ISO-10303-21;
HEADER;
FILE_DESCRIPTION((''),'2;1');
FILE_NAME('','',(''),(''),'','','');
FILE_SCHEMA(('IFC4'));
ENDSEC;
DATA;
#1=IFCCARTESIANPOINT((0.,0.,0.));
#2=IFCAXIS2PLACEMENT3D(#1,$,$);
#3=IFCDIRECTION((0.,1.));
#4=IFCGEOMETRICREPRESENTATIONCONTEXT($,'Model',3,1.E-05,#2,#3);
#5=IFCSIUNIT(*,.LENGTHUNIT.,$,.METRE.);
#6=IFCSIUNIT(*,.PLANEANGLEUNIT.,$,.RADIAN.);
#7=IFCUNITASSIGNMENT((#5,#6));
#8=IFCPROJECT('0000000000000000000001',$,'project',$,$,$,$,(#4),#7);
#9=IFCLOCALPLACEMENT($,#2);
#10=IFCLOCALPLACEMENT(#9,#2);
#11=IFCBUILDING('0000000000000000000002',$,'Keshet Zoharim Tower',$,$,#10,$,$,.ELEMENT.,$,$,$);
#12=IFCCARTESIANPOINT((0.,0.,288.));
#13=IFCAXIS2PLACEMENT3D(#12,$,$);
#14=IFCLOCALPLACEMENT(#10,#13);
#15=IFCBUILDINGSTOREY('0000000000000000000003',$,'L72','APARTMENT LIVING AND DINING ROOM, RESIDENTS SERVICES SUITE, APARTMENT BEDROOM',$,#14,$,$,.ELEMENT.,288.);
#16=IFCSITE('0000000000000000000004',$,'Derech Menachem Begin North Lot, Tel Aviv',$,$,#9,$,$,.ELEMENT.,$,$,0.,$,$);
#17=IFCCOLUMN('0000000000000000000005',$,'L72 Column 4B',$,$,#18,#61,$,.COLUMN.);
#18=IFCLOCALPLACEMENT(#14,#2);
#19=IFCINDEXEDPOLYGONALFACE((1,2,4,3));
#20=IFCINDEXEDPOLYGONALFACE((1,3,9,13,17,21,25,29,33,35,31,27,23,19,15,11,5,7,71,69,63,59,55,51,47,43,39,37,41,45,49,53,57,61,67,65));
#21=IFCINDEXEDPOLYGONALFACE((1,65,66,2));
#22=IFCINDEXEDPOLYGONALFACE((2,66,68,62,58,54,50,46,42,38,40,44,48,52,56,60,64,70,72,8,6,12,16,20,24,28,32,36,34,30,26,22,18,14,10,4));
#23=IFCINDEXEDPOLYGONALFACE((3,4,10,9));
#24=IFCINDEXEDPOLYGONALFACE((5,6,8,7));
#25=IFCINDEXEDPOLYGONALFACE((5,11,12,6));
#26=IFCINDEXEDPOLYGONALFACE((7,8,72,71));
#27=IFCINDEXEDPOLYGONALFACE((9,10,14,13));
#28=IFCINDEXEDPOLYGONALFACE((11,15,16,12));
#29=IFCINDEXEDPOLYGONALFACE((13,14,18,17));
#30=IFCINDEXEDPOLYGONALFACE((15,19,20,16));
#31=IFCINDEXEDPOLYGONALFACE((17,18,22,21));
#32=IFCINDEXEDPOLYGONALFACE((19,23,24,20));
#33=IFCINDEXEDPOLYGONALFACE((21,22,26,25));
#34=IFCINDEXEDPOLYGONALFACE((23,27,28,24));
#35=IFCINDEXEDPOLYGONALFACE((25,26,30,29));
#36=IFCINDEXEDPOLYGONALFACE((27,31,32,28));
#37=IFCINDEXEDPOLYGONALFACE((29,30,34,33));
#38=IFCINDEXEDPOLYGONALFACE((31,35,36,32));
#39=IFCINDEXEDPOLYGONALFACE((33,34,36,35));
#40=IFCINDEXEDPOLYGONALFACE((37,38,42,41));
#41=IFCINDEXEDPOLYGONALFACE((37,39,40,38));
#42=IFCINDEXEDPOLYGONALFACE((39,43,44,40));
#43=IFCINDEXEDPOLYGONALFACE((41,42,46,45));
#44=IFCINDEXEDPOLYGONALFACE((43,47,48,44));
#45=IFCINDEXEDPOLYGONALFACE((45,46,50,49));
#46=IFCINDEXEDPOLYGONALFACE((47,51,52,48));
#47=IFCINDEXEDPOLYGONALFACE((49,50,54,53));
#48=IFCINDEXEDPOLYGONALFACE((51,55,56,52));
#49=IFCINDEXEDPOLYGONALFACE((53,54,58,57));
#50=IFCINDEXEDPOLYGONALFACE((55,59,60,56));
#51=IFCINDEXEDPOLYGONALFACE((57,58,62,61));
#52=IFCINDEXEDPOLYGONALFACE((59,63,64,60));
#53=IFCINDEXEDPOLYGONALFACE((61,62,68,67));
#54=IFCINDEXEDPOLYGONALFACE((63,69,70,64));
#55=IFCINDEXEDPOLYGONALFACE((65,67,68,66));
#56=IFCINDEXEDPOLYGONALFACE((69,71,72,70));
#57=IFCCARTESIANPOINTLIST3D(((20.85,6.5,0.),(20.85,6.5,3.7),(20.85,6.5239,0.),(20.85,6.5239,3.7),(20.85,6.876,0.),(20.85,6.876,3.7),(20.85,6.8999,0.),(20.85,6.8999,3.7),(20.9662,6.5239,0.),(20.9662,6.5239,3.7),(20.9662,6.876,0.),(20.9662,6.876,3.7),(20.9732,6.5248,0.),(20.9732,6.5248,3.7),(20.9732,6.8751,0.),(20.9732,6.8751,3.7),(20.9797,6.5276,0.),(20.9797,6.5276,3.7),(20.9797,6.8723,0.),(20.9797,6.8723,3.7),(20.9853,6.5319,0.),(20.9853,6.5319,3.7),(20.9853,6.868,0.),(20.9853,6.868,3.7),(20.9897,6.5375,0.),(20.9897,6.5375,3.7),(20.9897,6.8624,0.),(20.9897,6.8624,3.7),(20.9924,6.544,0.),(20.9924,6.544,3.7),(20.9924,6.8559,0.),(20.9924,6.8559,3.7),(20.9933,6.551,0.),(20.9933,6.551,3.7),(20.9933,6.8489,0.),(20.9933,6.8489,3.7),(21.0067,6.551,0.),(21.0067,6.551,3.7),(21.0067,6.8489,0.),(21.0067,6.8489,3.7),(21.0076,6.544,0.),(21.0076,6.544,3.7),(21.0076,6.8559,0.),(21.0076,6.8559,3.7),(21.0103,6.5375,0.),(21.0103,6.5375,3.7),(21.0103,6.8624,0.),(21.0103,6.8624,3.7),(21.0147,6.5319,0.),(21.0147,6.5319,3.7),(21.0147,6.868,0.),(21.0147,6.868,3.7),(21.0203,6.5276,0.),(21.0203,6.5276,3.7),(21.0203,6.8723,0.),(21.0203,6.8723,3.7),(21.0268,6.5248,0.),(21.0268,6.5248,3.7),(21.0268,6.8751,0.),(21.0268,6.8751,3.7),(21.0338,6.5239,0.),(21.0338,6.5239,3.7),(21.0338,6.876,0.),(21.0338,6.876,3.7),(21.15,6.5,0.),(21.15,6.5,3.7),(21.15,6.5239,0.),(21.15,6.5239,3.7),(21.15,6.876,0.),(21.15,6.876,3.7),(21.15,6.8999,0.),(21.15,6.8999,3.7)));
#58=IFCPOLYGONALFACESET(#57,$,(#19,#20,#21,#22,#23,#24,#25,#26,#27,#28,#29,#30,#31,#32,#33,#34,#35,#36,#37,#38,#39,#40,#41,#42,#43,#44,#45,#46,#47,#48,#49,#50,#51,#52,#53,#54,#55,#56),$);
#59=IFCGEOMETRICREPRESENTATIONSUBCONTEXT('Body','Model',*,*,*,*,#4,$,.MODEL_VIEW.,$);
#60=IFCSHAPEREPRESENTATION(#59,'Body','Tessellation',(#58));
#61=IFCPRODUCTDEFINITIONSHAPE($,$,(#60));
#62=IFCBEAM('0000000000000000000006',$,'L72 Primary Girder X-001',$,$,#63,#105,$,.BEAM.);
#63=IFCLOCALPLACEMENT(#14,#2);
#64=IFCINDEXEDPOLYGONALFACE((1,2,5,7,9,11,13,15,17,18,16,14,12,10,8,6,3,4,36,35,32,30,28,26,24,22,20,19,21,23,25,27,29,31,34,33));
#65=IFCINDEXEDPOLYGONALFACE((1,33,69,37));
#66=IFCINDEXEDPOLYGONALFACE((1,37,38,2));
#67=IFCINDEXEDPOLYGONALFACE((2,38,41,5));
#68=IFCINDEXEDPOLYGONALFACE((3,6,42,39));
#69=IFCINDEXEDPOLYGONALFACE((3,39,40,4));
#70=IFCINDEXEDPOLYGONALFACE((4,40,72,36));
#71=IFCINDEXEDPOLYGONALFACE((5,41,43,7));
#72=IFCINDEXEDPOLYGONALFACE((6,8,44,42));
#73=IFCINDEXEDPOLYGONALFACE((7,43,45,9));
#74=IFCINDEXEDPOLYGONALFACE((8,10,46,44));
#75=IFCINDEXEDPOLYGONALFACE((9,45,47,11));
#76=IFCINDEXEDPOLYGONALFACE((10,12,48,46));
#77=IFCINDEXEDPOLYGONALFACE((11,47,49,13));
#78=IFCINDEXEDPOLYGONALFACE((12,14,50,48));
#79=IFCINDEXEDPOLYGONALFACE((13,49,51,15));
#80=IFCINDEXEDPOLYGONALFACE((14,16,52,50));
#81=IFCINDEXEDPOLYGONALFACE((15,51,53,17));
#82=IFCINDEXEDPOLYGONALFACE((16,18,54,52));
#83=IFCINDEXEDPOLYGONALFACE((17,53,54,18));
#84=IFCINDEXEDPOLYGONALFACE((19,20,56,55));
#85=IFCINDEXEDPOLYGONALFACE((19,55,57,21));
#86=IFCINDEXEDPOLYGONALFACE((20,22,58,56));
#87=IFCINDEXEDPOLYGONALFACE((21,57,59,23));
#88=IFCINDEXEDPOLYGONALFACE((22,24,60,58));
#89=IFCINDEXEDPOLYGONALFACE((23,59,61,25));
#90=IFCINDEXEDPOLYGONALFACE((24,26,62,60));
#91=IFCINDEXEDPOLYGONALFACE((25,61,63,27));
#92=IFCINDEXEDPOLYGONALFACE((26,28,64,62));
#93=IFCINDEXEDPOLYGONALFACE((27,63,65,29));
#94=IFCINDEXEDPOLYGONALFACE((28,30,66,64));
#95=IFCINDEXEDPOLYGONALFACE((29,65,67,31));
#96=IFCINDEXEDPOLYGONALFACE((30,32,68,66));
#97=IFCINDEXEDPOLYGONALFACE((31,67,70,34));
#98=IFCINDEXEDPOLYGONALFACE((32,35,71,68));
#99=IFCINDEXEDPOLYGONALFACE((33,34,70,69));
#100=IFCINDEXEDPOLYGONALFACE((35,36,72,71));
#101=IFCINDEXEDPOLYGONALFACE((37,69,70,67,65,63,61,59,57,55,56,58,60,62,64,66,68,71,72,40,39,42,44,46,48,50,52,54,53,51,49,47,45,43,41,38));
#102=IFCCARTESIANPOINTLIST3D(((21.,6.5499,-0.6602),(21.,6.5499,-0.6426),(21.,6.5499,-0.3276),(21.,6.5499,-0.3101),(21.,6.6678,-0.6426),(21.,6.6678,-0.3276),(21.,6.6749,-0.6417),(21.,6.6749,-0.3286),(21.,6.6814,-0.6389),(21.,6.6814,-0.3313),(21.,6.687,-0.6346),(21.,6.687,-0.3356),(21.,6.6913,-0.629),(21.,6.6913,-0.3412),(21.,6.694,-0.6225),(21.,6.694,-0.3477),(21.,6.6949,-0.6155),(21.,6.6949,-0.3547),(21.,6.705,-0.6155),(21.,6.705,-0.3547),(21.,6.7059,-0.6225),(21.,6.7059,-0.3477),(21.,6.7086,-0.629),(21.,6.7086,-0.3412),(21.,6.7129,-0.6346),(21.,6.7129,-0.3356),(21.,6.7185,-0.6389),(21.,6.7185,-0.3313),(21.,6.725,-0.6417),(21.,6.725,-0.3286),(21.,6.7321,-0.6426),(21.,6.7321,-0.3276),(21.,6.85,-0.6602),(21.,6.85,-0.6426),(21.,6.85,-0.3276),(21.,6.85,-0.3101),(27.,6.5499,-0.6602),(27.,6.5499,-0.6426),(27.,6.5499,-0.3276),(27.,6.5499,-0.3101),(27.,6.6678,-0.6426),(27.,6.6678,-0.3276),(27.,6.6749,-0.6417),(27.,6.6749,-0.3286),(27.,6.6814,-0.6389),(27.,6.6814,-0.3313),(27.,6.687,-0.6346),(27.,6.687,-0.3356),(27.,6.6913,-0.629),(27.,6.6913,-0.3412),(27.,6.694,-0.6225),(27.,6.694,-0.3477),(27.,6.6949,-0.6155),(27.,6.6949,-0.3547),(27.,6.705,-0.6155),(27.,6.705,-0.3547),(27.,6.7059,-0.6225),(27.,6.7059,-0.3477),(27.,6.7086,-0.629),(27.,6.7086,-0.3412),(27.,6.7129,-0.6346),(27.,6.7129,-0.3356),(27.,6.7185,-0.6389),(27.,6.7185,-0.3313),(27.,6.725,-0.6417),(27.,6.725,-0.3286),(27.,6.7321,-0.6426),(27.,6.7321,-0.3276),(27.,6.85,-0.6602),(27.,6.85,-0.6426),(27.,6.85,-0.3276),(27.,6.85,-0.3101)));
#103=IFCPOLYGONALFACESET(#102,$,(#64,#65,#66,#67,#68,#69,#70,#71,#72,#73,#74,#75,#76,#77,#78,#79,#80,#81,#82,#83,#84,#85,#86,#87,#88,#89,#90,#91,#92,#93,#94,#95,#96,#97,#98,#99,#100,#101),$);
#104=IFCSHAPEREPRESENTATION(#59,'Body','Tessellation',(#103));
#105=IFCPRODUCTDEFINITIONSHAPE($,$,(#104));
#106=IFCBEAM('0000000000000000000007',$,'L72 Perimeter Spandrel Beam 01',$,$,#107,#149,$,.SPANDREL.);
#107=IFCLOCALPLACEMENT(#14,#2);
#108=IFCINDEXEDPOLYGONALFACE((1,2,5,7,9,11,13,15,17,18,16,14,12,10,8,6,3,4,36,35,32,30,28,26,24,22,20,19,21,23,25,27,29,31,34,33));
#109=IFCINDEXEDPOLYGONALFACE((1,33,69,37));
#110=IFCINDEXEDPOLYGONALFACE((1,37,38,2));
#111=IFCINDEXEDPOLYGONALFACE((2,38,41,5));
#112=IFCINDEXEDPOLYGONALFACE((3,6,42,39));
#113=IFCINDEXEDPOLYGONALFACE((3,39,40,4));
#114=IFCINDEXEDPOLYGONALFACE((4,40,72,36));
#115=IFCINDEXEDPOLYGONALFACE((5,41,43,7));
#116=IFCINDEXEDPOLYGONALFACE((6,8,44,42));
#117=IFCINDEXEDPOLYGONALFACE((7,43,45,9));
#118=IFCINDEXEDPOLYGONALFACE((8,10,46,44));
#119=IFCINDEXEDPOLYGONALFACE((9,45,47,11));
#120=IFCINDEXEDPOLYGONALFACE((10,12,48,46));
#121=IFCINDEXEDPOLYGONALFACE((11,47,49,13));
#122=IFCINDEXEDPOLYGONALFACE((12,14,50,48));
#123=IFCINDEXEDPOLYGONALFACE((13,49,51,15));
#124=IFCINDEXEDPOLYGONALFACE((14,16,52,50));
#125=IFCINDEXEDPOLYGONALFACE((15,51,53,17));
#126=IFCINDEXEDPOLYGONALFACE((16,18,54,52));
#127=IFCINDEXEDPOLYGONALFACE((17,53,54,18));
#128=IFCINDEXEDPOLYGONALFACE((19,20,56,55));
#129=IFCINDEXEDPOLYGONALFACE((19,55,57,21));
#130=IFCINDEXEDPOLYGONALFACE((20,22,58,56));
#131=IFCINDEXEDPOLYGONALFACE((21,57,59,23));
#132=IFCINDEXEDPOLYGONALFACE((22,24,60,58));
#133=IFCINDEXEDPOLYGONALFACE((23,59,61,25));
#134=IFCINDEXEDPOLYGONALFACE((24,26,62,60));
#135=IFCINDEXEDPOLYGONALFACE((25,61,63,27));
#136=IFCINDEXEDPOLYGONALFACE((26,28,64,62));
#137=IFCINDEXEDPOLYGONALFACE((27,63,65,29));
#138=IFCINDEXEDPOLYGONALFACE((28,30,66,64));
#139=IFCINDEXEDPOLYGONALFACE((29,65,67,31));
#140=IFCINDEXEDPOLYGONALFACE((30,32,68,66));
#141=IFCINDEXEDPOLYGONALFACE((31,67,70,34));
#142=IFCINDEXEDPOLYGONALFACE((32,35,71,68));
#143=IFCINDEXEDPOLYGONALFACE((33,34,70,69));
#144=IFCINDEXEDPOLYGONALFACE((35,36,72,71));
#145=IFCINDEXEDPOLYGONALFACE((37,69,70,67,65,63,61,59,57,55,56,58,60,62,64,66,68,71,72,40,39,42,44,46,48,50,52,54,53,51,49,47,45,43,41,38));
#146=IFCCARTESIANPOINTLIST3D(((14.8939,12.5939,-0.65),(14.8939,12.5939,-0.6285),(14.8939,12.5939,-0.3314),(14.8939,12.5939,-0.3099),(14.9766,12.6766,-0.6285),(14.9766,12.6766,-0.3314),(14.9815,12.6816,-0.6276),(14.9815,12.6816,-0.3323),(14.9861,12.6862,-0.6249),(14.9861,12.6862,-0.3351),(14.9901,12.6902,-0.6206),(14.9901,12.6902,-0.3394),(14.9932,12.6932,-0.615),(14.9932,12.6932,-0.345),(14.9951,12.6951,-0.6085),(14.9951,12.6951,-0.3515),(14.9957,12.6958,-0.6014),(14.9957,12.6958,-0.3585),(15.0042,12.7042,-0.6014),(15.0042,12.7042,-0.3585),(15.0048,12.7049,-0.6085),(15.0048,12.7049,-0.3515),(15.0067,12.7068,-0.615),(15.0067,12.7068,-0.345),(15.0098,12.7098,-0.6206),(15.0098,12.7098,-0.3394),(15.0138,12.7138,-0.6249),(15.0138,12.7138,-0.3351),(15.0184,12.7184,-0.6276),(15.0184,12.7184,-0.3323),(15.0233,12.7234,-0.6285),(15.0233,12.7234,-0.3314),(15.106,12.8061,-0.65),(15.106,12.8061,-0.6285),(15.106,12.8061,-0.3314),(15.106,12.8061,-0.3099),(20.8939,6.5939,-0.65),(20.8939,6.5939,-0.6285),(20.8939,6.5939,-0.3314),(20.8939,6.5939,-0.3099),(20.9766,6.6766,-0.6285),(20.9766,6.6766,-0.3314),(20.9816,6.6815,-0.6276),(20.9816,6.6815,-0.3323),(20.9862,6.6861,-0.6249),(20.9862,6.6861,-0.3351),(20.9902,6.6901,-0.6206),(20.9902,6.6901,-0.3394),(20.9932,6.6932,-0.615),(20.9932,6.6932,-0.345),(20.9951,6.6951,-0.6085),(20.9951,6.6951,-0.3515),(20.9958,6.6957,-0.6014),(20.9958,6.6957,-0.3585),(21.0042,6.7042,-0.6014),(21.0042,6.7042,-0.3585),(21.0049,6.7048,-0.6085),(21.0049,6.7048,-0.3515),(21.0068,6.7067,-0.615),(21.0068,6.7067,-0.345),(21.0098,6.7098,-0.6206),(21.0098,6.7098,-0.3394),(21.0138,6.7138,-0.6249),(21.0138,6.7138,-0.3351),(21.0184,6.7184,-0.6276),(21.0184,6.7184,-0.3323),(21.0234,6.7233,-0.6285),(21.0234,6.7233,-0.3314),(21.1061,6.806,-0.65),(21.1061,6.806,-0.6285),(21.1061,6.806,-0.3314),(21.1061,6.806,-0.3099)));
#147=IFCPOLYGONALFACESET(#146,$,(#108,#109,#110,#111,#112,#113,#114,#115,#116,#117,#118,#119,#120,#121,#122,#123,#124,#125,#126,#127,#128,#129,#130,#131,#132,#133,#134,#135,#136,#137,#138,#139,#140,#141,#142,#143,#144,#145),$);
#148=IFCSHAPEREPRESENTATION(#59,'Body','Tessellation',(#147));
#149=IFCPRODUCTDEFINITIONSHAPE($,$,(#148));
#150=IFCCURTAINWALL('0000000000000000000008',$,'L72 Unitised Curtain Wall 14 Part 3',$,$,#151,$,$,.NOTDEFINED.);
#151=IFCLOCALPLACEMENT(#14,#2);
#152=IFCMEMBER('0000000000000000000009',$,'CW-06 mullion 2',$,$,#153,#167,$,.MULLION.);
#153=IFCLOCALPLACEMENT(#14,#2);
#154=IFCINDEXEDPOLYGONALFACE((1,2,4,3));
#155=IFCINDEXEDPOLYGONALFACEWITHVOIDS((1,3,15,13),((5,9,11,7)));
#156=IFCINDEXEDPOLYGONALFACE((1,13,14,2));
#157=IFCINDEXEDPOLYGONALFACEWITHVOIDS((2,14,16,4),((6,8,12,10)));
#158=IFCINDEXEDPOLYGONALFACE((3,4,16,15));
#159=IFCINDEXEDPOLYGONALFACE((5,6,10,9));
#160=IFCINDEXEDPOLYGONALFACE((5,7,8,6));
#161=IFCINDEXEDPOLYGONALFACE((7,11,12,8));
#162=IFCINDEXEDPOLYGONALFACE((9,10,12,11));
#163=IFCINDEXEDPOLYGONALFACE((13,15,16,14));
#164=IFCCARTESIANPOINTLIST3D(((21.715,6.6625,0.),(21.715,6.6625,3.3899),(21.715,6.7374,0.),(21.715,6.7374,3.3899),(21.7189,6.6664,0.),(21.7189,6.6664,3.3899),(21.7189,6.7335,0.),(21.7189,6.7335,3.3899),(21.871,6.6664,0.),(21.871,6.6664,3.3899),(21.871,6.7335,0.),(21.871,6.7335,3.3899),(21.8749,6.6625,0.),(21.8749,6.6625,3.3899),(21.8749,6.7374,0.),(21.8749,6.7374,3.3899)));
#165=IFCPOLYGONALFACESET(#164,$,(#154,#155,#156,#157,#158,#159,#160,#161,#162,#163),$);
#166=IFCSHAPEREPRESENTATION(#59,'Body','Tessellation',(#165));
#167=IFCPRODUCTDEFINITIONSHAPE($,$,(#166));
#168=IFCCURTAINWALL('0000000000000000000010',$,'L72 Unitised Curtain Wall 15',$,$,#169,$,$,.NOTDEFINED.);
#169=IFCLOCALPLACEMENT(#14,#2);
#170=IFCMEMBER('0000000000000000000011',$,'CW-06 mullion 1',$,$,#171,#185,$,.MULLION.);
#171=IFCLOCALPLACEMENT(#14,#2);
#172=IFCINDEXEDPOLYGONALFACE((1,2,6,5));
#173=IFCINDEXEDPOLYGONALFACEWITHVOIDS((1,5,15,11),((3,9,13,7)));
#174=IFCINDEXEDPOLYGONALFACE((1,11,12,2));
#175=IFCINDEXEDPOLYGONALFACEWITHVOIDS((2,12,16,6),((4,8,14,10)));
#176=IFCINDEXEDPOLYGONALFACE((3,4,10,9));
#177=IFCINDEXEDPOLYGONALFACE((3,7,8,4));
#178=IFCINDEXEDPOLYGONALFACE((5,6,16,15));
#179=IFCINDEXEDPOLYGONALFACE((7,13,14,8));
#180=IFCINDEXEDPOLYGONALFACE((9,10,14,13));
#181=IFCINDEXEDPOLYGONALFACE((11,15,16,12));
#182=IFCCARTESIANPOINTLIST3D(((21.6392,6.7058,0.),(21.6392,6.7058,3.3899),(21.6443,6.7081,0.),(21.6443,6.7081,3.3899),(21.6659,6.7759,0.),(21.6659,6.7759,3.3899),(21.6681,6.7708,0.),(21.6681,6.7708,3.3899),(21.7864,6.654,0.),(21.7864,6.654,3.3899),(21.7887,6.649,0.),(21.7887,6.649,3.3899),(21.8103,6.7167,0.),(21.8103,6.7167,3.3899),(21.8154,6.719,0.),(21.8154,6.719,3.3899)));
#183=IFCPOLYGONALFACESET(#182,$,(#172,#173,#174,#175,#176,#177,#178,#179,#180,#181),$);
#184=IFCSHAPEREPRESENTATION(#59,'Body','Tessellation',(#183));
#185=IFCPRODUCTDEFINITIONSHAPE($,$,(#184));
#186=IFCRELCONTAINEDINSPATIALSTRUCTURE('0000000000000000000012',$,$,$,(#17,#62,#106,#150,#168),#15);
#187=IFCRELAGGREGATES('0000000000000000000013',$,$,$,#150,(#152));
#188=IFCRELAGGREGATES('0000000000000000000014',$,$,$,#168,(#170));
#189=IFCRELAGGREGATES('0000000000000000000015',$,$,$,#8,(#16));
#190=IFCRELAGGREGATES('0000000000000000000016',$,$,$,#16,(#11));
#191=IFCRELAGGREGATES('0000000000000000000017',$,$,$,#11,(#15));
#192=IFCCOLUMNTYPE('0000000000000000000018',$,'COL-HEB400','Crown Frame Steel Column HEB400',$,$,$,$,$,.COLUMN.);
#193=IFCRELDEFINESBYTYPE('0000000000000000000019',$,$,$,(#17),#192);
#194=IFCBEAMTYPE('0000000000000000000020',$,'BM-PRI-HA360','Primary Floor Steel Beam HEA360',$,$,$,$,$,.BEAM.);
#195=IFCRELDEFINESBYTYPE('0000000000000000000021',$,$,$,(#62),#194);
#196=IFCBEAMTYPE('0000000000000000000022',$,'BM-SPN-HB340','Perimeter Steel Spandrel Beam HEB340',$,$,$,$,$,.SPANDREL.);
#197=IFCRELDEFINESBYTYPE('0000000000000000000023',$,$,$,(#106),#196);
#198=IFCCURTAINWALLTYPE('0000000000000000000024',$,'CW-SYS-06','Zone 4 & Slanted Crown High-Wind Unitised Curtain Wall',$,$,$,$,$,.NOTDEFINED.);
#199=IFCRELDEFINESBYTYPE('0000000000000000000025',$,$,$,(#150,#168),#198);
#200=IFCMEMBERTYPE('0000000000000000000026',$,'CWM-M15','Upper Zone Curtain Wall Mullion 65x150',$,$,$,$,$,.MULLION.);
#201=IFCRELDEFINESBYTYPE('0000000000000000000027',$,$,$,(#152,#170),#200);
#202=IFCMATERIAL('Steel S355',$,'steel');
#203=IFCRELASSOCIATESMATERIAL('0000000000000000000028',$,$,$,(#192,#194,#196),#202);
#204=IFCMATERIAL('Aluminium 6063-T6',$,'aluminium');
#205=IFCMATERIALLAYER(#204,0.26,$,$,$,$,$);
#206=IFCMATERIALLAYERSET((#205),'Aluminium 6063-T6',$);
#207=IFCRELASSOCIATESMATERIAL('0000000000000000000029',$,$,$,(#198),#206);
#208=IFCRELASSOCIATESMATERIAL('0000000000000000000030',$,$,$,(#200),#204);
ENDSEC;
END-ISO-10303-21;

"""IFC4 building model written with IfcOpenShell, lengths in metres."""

from ifc_helpers import new_model, si_unit, direction, frame, origin, origin_2d, place, context, subcontext, project, spatial, hollow_rectangle, i_section, extrude, material, layer, layer_set, material_profile, profile_set, type_object, element, aggregate, save


model = new_model("IFC4")

# Units and contexts
model_context = context("Model", 3, precision=1e-05, world=origin(), true_north=direction((0.0, 1.0)))
body_context = subcontext(model_context, "Body", "Model", "MODEL_VIEW")
ifc_project = project(units=[si_unit("LENGTHUNIT", "METRE"), si_unit("PLANEANGLEUNIT", "RADIAN")], contexts=[model_context])

# Site, building, storey
site_placement = place(None, origin())
site = spatial("IfcSite", under=ifc_project, at=site_placement, Name="Derech Menachem Begin North Lot, Tel Aviv", CompositionType="ELEMENT", RefElevation=0.0)
building_placement = place(site_placement, origin())
building = spatial("IfcBuilding", under=site, at=building_placement, Name="Keshet Zoharim Tower", CompositionType="ELEMENT")
storey_placement = place(building_placement, frame((0.0, 0.0, 288.0)))
storey = spatial("IfcBuildingStorey", under=building, at=storey_placement, Name="L72", Description="APARTMENT LIVING AND DINING ROOM, RESIDENTS SERVICES SUITE, APARTMENT BEDROOM", CompositionType="ELEMENT", Elevation=288.0)

# Column
ifc_material_1 = material(Name="Steel S355", Category="steel")
ifc_material_profile_1 = material_profile(ifc_material_1, i_section(OverallWidth=0.3, OverallDepth=0.3999, WebThickness=0.0134, FlangeThickness=0.0239, FilletRadius=0.0271, at=origin_2d()), Name="HEB400")
ifc_profile_set_1 = profile_set([ifc_material_profile_1], Name="Steel S355")
column_type = type_object("IfcColumnType", Name="COL-HEB400", Description="Crown Frame Steel Column HEB400", PredefinedType="COLUMN", material=ifc_profile_set_1)
column_placement = place(storey_placement, frame((21.0, 6.7, 0.0), z_axis=(0.0, 0.0, 1.0), x_axis=(1.0, 0.0, 0.0)))
element("IfcColumn", 1, at=column_placement, inside=storey, type_object=column_type, Name="L72 Column 4B", PredefinedType="COLUMN", context=body_context, shape_type="SweptSolid", body=[
    extrude(i_section(OverallWidth=0.3, OverallDepth=0.3999, WebThickness=0.0134, FlangeThickness=0.0239, FilletRadius=0.0271, at=origin_2d()), origin(), (0.0, 0.0, 1.0), 3.7),
])

# Beams
ifc_material_profile_2 = material_profile(ifc_material_1, i_section(OverallWidth=0.3, OverallDepth=0.3501, WebThickness=0.01, FlangeThickness=0.0176, FilletRadius=0.0271, at=origin_2d()), Name="HEA360")
ifc_profile_set_2 = profile_set([ifc_material_profile_2], Name="Steel S355")
beam_type_1 = type_object("IfcBeamType", Name="BM-PRI-HA360", Description="Primary Floor Steel Beam HEA360", PredefinedType="BEAM", material=ifc_profile_set_2)
beam_1_placement = place(storey_placement, frame((21.0, 6.7, -0.4851), z_axis=(1.0, 0.0, 0.0), x_axis=(0.0, 1.0, 0.0)))
element("IfcBeam", 2, at=beam_1_placement, inside=storey, type_object=beam_type_1, Name="L72 Primary Girder X-001", PredefinedType="BEAM", context=body_context, shape_type="SweptSolid", body=[
    extrude(i_section(OverallWidth=0.3, OverallDepth=0.3501, WebThickness=0.01, FlangeThickness=0.0176, FilletRadius=0.0271, at=origin_2d()), origin(), (0.0, 0.0, 1.0), 6.0),
])
ifc_material_profile_3 = material_profile(ifc_material_1, i_section(OverallWidth=0.3, OverallDepth=0.3401, WebThickness=0.012, FlangeThickness=0.0215, FilletRadius=0.0271, at=origin_2d()), Name="HEB340")
ifc_profile_set_3 = profile_set([ifc_material_profile_3], Name="Steel S355")
beam_type_2 = type_object("IfcBeamType", Name="BM-SPN-HB340", Description="Perimeter Steel Spandrel Beam HEB340", PredefinedType="SPANDREL", material=ifc_profile_set_3)
beam_2_placement = place(storey_placement, frame((21.0, 6.7, -0.48), z_axis=(-0.707107, 0.707107, 0.0), x_axis=(-0.707107, -0.707107, 0.0)))
element("IfcBeam", 3, at=beam_2_placement, inside=storey, type_object=beam_type_2, Name="L72 Perimeter Spandrel Beam 01", PredefinedType="SPANDREL", context=body_context, shape_type="SweptSolid", body=[
    extrude(i_section(OverallWidth=0.3, OverallDepth=0.3401, WebThickness=0.012, FlangeThickness=0.0215, FilletRadius=0.0271, at=origin_2d()), origin(), (0.0, 0.0, 1.0), 8.4854),
])

# Curtain wall, member
ifc_material_2 = material(Name="Aluminium 6063-T6", Category="aluminium")
ifc_layer_1 = layer(ifc_material_2, 0.26)
ifc_layer_set_1 = layer_set([ifc_layer_1], Name="Aluminium 6063-T6")
curtain_wall_type = type_object("IfcCurtainWallType", Name="CW-SYS-06", Description="Zone 4 & Slanted Crown High-Wind Unitised Curtain Wall", PredefinedType="NOTDEFINED", material=ifc_layer_set_1)
curtain_wall_1_placement = place(storey_placement, origin())
curtain_wall_1 = element("IfcCurtainWall", 4, at=curtain_wall_1_placement, inside=storey, type_object=curtain_wall_type, Name="L72 Unitised Curtain Wall 14 Part 3", PredefinedType="NOTDEFINED")
ifc_material_profile_4 = material_profile(ifc_material_2, hollow_rectangle(XDim=0.075, YDim=0.1599, WallThickness=0.0039, at=origin_2d()), Name="MUL-75x160")
ifc_profile_set_4 = profile_set([ifc_material_profile_4], Name="Aluminium 6063-T6")
member_type_1 = type_object("IfcMemberType", Name="CWM-M15", Description="Upper Zone Curtain Wall Mullion 65x150", PredefinedType="MULLION", material=ifc_profile_set_4)
member_1_placement = place(storey_placement, frame((21.7949, 6.7, 0.0), z_axis=(0.0, 0.0, 1.0), x_axis=(0.0, -1.0, 0.0)))
member_1 = element("IfcMember", 5, at=member_1_placement, type_object=member_type_1, Name="CW-06 mullion 2", PredefinedType="MULLION", context=body_context, shape_type="SweptSolid", body=[
    extrude(hollow_rectangle(XDim=0.075, YDim=0.1599, WallThickness=0.0039, at=origin_2d()), origin(), (0.0, 0.0, 1.0), 3.3899),
])

# Curtain wall, member
curtain_wall_2_placement = place(storey_placement, origin())
curtain_wall_2 = element("IfcCurtainWall", 6, at=curtain_wall_2_placement, inside=storey, type_object=curtain_wall_type, Name="L72 Unitised Curtain Wall 15", PredefinedType="NOTDEFINED")
member_2_placement = place(storey_placement, frame((21.7273, 6.7124, 0.0), z_axis=(0.0, 0.0, 1.0), x_axis=(-0.355439, -0.934699, 0.0)))
member_2 = element("IfcMember", 7, at=member_2_placement, type_object=member_type_1, Name="CW-06 mullion 1", PredefinedType="MULLION", context=body_context, shape_type="SweptSolid", body=[
    extrude(hollow_rectangle(XDim=0.075, YDim=0.1599, WallThickness=0.0039, at=origin_2d()), origin(), (0.0, 0.0, 1.0), 3.3899),
])

aggregate(curtain_wall_1, [member_1])
aggregate(curtain_wall_2, [member_2])

save(model, "model.ifc")
